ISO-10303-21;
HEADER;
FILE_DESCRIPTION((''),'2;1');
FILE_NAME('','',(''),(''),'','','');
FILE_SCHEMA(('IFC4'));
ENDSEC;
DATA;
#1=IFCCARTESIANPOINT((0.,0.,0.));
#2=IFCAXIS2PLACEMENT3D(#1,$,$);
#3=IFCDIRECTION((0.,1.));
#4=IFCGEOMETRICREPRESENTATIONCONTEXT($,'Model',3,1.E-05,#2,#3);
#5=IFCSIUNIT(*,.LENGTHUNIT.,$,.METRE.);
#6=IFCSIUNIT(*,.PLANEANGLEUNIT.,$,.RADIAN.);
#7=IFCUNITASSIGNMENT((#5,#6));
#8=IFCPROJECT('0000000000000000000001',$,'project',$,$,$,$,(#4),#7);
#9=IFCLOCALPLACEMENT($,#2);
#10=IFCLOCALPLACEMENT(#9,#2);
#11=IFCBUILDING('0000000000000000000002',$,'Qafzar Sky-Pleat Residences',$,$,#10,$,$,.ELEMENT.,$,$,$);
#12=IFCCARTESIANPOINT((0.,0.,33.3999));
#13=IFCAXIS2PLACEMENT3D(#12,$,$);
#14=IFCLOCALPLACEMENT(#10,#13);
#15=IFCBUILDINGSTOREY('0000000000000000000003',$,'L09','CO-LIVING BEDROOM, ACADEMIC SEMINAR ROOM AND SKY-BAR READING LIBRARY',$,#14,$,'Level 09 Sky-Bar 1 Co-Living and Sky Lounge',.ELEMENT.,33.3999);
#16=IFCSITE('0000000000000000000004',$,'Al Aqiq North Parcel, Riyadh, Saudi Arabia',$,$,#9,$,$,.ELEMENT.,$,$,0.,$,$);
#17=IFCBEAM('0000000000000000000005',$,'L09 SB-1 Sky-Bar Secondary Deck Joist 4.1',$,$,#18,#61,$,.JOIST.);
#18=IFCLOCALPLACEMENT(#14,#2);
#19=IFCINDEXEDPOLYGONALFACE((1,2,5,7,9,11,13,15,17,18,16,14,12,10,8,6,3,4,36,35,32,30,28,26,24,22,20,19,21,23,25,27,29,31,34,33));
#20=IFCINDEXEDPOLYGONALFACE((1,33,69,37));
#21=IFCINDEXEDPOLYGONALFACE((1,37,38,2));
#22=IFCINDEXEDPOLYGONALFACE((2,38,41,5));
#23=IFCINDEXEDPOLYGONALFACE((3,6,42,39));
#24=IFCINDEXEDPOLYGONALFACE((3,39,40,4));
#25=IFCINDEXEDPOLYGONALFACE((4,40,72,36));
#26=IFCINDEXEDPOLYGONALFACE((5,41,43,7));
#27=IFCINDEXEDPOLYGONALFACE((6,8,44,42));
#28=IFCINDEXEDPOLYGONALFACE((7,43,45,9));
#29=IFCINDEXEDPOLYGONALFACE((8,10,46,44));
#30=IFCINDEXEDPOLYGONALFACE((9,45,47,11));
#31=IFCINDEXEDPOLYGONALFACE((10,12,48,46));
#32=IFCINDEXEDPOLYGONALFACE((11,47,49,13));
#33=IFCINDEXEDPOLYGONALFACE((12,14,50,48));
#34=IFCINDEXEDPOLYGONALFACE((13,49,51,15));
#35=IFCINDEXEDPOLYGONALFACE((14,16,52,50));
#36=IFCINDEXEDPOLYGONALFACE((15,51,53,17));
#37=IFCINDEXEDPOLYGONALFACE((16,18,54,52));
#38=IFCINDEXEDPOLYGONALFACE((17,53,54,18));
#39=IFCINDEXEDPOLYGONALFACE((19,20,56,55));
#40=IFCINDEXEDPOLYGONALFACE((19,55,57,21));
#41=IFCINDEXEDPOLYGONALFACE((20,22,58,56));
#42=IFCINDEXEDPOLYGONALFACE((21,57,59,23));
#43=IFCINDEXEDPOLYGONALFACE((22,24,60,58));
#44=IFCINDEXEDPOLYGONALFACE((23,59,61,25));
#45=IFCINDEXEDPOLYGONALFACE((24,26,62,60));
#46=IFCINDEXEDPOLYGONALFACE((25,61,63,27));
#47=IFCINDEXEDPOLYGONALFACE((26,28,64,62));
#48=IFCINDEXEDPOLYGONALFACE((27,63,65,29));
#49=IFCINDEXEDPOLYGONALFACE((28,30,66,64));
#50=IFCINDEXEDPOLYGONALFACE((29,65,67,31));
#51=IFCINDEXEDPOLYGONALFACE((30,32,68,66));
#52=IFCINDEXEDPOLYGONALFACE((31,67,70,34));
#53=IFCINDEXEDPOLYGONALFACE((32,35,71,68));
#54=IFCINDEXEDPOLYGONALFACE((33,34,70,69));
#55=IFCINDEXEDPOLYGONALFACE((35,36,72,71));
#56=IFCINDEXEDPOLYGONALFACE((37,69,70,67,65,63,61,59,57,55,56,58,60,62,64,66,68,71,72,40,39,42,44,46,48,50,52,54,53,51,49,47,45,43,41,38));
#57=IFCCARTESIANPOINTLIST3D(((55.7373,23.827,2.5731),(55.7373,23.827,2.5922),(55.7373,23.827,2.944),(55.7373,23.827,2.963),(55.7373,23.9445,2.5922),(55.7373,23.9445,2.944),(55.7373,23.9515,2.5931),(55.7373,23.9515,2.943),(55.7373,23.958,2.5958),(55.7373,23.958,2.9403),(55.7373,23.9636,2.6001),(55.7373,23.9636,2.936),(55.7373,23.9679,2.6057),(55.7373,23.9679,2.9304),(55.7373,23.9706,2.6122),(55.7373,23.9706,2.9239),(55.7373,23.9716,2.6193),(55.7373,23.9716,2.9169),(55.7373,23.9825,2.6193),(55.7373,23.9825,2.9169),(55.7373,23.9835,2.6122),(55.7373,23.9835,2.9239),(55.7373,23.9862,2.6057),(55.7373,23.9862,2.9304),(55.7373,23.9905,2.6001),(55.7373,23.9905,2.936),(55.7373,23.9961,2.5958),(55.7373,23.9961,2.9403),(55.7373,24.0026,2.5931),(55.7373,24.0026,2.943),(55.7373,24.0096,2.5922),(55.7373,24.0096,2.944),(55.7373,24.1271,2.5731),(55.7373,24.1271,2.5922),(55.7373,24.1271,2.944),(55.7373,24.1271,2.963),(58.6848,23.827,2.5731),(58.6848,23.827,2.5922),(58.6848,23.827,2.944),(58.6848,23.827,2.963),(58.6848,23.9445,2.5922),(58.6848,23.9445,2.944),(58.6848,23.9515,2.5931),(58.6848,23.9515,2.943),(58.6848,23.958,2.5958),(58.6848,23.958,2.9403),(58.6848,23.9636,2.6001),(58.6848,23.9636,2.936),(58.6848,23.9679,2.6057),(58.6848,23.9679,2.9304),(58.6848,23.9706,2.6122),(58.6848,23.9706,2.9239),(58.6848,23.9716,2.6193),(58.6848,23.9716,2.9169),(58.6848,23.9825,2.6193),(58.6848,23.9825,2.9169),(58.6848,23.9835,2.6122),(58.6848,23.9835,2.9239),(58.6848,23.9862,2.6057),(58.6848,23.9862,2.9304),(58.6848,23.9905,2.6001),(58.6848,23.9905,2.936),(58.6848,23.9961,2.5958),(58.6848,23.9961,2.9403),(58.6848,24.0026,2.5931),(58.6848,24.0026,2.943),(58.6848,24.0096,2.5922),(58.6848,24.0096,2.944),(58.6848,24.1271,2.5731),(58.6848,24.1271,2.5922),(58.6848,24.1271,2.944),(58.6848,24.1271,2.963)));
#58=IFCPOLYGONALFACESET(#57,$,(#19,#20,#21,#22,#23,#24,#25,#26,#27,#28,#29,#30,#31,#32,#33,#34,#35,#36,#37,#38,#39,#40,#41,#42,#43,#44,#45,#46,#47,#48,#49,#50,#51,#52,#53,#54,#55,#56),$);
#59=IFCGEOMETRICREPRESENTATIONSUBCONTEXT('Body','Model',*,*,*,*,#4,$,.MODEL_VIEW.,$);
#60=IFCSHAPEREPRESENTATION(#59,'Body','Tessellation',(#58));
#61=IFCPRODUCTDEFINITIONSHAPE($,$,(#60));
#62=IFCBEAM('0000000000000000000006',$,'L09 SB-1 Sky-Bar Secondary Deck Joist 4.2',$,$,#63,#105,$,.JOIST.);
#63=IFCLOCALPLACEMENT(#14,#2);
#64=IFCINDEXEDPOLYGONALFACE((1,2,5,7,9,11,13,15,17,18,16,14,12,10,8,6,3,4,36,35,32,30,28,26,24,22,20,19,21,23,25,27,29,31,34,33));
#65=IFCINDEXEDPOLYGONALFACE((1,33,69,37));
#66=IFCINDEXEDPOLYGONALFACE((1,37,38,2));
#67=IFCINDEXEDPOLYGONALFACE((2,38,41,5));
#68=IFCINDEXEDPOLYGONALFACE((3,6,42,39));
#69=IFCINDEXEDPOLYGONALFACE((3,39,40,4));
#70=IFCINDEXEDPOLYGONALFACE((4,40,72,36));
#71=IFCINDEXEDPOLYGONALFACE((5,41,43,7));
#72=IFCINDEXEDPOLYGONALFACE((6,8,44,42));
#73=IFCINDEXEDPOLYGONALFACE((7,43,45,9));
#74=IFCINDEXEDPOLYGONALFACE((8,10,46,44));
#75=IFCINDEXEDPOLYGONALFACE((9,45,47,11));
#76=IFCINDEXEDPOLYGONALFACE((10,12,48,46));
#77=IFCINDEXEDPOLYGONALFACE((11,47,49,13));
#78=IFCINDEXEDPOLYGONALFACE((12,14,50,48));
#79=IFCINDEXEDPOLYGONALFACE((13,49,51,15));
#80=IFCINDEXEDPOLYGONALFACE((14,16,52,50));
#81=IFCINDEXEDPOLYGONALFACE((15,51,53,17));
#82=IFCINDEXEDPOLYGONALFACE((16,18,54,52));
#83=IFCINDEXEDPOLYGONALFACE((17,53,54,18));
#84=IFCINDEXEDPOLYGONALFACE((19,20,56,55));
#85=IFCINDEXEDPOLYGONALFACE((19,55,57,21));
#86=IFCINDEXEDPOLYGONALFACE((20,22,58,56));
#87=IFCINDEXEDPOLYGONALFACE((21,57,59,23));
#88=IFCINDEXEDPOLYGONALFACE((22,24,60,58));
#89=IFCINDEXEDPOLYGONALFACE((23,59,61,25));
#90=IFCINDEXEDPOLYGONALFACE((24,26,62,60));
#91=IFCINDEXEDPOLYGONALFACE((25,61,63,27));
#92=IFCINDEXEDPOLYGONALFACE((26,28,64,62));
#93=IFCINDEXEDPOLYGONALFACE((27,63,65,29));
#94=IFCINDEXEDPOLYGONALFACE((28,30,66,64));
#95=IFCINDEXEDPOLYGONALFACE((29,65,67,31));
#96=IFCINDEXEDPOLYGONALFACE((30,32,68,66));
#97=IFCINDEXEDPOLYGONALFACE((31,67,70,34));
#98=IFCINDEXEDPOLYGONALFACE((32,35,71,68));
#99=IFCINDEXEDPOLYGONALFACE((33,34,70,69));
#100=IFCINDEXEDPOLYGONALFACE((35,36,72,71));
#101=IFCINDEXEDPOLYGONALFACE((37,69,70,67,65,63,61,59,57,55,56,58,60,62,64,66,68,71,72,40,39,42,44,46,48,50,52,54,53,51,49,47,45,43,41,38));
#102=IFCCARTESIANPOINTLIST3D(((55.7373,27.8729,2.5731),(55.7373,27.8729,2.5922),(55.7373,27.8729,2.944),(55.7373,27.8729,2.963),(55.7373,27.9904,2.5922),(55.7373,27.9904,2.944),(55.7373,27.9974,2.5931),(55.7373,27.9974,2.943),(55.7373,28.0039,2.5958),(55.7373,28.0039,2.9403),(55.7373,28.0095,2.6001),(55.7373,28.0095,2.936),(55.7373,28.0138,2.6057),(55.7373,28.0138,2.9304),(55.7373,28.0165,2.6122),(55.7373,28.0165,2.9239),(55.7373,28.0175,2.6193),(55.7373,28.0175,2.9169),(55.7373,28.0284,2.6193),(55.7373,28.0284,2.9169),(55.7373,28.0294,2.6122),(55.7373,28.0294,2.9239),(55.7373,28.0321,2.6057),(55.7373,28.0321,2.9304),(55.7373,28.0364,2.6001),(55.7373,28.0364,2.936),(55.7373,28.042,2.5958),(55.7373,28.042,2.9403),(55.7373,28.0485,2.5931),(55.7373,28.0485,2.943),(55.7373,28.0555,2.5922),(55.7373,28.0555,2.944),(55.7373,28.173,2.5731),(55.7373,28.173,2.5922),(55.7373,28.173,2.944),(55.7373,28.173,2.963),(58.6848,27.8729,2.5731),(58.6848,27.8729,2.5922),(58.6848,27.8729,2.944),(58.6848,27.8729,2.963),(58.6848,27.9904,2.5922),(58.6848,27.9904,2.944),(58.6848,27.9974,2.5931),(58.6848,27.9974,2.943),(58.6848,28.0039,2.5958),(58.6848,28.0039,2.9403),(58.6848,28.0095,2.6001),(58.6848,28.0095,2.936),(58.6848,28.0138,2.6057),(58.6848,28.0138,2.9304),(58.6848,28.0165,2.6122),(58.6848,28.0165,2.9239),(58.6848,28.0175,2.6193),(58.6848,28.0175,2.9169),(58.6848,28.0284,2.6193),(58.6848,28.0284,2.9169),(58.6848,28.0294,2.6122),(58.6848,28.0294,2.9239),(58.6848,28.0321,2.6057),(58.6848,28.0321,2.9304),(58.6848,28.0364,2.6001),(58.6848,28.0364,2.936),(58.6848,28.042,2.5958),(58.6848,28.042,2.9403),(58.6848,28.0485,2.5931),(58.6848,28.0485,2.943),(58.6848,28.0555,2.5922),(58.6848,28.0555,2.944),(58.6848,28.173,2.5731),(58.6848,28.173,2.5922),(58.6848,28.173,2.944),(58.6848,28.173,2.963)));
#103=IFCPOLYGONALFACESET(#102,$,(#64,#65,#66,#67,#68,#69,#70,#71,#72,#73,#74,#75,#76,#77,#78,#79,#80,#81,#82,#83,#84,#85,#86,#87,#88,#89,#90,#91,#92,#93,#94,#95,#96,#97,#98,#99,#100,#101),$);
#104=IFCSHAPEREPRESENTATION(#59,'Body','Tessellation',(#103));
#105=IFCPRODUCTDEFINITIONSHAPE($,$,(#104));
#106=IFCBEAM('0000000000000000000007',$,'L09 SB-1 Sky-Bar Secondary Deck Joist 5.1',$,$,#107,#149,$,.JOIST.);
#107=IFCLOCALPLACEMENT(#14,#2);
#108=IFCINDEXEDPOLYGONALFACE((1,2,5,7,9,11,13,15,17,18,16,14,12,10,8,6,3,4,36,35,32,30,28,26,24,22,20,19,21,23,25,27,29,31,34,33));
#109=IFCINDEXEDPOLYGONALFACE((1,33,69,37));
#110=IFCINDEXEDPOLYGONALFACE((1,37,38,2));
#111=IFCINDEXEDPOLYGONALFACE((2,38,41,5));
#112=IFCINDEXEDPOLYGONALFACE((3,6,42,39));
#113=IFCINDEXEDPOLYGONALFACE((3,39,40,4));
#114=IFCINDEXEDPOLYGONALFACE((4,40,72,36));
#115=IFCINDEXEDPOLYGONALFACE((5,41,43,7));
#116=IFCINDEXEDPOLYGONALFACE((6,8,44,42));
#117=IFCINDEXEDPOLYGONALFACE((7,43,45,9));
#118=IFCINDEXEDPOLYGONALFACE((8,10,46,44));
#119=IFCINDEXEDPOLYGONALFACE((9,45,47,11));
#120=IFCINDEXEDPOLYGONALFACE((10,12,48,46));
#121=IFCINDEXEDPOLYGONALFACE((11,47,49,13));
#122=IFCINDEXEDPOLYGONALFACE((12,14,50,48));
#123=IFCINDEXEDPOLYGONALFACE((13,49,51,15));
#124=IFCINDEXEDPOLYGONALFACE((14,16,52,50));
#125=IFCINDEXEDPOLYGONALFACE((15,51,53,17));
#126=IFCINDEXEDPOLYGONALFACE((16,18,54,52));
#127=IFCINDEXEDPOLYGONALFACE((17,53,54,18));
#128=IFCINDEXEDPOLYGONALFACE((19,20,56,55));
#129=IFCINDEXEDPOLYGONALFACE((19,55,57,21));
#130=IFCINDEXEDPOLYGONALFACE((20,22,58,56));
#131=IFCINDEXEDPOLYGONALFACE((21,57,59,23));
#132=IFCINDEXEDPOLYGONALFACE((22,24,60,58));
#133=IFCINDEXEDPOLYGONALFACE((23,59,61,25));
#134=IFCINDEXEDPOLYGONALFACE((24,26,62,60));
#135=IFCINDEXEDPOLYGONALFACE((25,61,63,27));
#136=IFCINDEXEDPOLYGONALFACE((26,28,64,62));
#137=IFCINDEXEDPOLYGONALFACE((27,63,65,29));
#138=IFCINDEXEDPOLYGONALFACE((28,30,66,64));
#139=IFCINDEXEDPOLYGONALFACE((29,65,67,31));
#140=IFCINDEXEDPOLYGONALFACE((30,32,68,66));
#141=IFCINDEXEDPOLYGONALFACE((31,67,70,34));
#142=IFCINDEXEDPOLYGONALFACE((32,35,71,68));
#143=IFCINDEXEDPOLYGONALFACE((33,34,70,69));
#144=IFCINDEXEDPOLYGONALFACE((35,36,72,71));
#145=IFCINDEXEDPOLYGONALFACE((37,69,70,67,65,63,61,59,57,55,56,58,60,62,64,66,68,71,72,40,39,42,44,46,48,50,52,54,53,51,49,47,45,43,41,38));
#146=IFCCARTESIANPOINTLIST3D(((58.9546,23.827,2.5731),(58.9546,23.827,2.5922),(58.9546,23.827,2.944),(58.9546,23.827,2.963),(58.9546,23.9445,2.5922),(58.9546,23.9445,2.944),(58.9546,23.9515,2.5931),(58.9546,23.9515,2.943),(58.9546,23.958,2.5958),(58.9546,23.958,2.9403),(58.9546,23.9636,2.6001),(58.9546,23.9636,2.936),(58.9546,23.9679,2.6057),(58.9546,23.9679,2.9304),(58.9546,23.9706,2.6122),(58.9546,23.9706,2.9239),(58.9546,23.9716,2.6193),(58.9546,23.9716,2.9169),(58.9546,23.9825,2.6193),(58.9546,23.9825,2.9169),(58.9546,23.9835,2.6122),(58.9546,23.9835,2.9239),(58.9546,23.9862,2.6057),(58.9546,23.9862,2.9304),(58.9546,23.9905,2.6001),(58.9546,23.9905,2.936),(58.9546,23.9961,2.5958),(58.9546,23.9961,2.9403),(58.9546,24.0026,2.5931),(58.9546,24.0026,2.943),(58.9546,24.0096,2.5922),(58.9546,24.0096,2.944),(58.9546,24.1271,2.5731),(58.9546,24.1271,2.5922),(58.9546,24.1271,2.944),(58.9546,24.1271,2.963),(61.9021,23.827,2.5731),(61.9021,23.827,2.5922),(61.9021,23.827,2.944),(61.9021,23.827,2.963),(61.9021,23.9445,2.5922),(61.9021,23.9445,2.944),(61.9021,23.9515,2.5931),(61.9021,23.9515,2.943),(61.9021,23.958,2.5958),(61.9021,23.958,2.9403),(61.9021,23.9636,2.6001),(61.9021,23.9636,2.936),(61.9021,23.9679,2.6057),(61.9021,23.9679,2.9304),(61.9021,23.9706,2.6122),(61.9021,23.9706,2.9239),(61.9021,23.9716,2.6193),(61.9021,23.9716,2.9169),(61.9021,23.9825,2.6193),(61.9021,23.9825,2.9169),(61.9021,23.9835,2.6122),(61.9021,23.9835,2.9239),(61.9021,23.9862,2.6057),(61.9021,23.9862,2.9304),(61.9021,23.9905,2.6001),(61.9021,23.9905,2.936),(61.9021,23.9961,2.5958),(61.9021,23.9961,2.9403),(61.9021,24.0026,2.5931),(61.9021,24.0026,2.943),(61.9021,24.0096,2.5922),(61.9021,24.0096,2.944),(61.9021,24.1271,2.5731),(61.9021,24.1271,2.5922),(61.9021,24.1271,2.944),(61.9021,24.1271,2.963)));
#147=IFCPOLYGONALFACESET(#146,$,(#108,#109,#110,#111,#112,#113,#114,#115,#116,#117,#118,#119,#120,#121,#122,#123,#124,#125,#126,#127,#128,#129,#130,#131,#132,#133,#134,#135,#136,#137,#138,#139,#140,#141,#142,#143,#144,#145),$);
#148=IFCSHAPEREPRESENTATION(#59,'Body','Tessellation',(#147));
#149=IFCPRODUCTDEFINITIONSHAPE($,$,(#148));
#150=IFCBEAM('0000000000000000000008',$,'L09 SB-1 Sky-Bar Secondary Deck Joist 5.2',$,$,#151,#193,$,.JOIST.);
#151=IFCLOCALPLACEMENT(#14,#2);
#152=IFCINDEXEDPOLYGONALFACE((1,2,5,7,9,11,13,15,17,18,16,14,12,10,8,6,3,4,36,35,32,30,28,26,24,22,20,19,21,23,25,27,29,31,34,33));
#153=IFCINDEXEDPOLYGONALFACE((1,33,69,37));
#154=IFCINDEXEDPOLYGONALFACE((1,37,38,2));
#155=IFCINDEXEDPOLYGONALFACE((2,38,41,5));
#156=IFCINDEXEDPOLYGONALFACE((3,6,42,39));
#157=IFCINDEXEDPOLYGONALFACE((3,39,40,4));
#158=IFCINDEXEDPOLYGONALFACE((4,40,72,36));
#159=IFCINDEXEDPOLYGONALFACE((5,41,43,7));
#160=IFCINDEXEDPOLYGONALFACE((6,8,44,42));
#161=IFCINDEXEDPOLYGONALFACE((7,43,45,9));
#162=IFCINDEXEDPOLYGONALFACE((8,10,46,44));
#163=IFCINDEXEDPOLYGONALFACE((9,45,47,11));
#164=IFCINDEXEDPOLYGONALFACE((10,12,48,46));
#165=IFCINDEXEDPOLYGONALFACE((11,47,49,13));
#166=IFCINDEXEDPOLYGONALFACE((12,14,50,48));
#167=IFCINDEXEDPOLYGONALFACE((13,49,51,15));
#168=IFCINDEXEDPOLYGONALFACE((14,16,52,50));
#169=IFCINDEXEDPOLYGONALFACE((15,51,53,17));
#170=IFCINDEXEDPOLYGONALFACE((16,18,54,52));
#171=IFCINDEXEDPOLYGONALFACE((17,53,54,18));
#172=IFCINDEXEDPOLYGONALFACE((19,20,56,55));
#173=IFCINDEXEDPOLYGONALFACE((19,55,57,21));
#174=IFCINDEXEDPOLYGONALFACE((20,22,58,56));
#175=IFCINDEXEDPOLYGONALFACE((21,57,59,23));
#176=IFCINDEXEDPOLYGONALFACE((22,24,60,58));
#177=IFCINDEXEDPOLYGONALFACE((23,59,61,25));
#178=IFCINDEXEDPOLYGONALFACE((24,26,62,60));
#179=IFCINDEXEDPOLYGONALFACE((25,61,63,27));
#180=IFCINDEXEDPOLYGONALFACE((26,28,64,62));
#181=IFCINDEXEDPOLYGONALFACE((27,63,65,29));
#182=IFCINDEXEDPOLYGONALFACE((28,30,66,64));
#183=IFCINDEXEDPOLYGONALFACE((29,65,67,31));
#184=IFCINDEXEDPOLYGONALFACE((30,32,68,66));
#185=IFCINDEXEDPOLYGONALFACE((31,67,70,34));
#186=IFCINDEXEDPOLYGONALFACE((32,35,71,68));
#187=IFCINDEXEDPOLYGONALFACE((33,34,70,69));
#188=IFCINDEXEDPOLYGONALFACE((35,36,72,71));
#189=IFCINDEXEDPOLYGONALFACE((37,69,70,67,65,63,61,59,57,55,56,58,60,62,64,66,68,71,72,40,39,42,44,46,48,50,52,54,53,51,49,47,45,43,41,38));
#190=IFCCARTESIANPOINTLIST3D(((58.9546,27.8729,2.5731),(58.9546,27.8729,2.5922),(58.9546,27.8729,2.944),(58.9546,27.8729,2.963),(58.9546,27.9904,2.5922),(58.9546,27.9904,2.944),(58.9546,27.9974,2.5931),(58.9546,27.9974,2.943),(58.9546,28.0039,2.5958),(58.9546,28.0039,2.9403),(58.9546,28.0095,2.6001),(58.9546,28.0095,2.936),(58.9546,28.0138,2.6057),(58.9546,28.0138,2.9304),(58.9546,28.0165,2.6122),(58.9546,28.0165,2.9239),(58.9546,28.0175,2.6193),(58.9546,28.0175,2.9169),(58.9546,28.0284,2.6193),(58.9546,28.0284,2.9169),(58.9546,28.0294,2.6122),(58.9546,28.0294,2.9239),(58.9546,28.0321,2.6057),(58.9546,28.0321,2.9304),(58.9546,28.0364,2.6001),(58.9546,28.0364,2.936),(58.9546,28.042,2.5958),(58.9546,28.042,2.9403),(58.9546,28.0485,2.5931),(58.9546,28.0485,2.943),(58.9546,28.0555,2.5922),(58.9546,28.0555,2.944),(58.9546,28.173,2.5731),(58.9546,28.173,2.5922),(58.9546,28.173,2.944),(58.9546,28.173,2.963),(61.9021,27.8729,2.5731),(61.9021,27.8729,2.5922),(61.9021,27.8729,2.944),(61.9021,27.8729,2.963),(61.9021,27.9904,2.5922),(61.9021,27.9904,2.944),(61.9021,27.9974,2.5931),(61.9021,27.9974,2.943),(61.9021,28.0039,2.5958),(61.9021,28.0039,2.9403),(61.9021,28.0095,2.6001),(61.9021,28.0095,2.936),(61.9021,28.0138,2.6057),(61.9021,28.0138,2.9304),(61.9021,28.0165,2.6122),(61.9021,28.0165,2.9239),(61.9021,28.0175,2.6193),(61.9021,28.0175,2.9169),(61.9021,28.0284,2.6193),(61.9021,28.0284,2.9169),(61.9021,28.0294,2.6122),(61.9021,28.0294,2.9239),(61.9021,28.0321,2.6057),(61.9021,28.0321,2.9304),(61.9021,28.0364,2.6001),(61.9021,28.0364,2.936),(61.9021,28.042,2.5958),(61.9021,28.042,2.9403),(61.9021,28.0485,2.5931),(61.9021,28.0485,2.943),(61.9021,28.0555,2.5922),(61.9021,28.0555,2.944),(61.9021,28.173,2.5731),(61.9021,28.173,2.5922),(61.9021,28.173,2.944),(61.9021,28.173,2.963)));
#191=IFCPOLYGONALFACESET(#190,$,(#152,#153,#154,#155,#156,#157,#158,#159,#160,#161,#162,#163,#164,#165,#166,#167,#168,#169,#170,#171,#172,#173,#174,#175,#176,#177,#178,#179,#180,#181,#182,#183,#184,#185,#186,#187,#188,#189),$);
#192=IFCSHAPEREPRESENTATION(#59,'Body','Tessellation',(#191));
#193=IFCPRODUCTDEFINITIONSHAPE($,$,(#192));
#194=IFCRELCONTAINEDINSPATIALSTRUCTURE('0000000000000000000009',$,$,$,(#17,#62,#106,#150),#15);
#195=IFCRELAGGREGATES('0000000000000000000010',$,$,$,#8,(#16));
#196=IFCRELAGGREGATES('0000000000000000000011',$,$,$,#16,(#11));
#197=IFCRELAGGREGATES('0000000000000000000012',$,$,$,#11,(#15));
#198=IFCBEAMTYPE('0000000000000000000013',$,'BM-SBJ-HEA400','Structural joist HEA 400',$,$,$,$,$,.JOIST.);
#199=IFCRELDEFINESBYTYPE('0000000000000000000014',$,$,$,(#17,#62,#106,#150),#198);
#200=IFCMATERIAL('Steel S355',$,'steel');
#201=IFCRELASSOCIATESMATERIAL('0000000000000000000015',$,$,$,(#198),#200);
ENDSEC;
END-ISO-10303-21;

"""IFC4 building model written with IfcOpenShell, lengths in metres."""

from ifc_helpers import new_model, si_unit, direction, frame, origin, origin_2d, place, context, subcontext, project, spatial, i_section, extrude, source, transform, mapped, material, material_profile, profile_set, type_object, element, save


model = new_model("IFC4")

# Units and contexts
model_context = context("Model", 3, precision=1e-05, world=origin(), true_north=direction((0.0, 1.0)))
body_context = subcontext(model_context, "Body", "Model", "MODEL_VIEW")
ifc_project = project(units=[si_unit("LENGTHUNIT", "METRE"), si_unit("PLANEANGLEUNIT", "RADIAN")], contexts=[model_context])

# Site, building, storey
site_placement = place(None, origin())
site = spatial("IfcSite", under=ifc_project, at=site_placement, Name="Al Aqiq North Parcel, Riyadh, Saudi Arabia", CompositionType="ELEMENT", RefElevation=0.0)
building_placement = place(site_placement, origin())
building = spatial("IfcBuilding", under=site, at=building_placement, Name="Qafzar Sky-Pleat Residences", CompositionType="ELEMENT")
storey_placement = place(building_placement, frame((0.0, 0.0, 33.3999)))
storey = spatial("IfcBuildingStorey", under=building, at=storey_placement, Name="L09", Description="CO-LIVING BEDROOM, ACADEMIC SEMINAR ROOM AND SKY-BAR READING LIBRARY", LongName="Level 09 Sky-Bar 1 Co-Living and Sky Lounge", CompositionType="ELEMENT", Elevation=33.3999)

# Beams
ifc_material_1 = material(Name="Steel S355", Category="steel")
ifc_material_profile_1 = material_profile(ifc_material_1, i_section(OverallWidth=0.3, OverallDepth=0.3899, WebThickness=0.011, FlangeThickness=0.019, FilletRadius=0.0271, at=origin_2d()), Name="HEA 400")
ifc_profile_set_1 = profile_set([ifc_material_profile_1], Name="Steel S355")
beam_type_1 = type_object("IfcBeamType", Name="BM-SBJ-HEA400", Description="Structural joist HEA 400", PredefinedType="JOIST", material=ifc_profile_set_1)
shared_shape_1 = source(origin(), body_context, "Body", "SweptSolid", [
    extrude(i_section(OverallWidth=0.3, OverallDepth=0.3899, WebThickness=0.011, FlangeThickness=0.019, FilletRadius=0.0271, at=origin_2d()), origin(), (0.0, 0.0, 1.0), 2.9475),
])
for number, where, z_axis, x_axis, name in (
    (1, (55.7373, 23.9771, 2.7681), (1.0, 0.0, 0.0), (0.0, 1.0, 0.0), "L09 SB-1 Sky-Bar Secondary Deck Joist 4.1"),
    (2, (55.7373, 28.0229, 2.7681), (1.0, 0.0, 0.0), (0.0, 1.0, 0.0), "L09 SB-1 Sky-Bar Secondary Deck Joist 4.2"),
    (3, (58.9546, 23.9771, 2.7681), (1.0, 0.0, 0.0), (0.0, 1.0, 0.0), "L09 SB-1 Sky-Bar Secondary Deck Joist 5.1"),
    (4, (58.9546, 28.0229, 2.7681), (1.0, 0.0, 0.0), (0.0, 1.0, 0.0), "L09 SB-1 Sky-Bar Secondary Deck Joist 5.2"),
):
    element("IfcBeam", number, at=place(storey_placement, frame(where, z_axis=z_axis, x_axis=x_axis)), inside=storey, type_object=beam_type_1, Name=name, PredefinedType="JOIST", context=body_context, shape_type="MappedRepresentation", body=[
        mapped(shared_shape_1, transform((0.0, 0.0, 0.0), x_axis=(1.0, 0.0, 0.0), y_axis=(0.0, 1.0, 0.0), z_axis=(0.0, 0.0, 1.0), scale=1.0)),
    ])

save(model, "model.ifc")
